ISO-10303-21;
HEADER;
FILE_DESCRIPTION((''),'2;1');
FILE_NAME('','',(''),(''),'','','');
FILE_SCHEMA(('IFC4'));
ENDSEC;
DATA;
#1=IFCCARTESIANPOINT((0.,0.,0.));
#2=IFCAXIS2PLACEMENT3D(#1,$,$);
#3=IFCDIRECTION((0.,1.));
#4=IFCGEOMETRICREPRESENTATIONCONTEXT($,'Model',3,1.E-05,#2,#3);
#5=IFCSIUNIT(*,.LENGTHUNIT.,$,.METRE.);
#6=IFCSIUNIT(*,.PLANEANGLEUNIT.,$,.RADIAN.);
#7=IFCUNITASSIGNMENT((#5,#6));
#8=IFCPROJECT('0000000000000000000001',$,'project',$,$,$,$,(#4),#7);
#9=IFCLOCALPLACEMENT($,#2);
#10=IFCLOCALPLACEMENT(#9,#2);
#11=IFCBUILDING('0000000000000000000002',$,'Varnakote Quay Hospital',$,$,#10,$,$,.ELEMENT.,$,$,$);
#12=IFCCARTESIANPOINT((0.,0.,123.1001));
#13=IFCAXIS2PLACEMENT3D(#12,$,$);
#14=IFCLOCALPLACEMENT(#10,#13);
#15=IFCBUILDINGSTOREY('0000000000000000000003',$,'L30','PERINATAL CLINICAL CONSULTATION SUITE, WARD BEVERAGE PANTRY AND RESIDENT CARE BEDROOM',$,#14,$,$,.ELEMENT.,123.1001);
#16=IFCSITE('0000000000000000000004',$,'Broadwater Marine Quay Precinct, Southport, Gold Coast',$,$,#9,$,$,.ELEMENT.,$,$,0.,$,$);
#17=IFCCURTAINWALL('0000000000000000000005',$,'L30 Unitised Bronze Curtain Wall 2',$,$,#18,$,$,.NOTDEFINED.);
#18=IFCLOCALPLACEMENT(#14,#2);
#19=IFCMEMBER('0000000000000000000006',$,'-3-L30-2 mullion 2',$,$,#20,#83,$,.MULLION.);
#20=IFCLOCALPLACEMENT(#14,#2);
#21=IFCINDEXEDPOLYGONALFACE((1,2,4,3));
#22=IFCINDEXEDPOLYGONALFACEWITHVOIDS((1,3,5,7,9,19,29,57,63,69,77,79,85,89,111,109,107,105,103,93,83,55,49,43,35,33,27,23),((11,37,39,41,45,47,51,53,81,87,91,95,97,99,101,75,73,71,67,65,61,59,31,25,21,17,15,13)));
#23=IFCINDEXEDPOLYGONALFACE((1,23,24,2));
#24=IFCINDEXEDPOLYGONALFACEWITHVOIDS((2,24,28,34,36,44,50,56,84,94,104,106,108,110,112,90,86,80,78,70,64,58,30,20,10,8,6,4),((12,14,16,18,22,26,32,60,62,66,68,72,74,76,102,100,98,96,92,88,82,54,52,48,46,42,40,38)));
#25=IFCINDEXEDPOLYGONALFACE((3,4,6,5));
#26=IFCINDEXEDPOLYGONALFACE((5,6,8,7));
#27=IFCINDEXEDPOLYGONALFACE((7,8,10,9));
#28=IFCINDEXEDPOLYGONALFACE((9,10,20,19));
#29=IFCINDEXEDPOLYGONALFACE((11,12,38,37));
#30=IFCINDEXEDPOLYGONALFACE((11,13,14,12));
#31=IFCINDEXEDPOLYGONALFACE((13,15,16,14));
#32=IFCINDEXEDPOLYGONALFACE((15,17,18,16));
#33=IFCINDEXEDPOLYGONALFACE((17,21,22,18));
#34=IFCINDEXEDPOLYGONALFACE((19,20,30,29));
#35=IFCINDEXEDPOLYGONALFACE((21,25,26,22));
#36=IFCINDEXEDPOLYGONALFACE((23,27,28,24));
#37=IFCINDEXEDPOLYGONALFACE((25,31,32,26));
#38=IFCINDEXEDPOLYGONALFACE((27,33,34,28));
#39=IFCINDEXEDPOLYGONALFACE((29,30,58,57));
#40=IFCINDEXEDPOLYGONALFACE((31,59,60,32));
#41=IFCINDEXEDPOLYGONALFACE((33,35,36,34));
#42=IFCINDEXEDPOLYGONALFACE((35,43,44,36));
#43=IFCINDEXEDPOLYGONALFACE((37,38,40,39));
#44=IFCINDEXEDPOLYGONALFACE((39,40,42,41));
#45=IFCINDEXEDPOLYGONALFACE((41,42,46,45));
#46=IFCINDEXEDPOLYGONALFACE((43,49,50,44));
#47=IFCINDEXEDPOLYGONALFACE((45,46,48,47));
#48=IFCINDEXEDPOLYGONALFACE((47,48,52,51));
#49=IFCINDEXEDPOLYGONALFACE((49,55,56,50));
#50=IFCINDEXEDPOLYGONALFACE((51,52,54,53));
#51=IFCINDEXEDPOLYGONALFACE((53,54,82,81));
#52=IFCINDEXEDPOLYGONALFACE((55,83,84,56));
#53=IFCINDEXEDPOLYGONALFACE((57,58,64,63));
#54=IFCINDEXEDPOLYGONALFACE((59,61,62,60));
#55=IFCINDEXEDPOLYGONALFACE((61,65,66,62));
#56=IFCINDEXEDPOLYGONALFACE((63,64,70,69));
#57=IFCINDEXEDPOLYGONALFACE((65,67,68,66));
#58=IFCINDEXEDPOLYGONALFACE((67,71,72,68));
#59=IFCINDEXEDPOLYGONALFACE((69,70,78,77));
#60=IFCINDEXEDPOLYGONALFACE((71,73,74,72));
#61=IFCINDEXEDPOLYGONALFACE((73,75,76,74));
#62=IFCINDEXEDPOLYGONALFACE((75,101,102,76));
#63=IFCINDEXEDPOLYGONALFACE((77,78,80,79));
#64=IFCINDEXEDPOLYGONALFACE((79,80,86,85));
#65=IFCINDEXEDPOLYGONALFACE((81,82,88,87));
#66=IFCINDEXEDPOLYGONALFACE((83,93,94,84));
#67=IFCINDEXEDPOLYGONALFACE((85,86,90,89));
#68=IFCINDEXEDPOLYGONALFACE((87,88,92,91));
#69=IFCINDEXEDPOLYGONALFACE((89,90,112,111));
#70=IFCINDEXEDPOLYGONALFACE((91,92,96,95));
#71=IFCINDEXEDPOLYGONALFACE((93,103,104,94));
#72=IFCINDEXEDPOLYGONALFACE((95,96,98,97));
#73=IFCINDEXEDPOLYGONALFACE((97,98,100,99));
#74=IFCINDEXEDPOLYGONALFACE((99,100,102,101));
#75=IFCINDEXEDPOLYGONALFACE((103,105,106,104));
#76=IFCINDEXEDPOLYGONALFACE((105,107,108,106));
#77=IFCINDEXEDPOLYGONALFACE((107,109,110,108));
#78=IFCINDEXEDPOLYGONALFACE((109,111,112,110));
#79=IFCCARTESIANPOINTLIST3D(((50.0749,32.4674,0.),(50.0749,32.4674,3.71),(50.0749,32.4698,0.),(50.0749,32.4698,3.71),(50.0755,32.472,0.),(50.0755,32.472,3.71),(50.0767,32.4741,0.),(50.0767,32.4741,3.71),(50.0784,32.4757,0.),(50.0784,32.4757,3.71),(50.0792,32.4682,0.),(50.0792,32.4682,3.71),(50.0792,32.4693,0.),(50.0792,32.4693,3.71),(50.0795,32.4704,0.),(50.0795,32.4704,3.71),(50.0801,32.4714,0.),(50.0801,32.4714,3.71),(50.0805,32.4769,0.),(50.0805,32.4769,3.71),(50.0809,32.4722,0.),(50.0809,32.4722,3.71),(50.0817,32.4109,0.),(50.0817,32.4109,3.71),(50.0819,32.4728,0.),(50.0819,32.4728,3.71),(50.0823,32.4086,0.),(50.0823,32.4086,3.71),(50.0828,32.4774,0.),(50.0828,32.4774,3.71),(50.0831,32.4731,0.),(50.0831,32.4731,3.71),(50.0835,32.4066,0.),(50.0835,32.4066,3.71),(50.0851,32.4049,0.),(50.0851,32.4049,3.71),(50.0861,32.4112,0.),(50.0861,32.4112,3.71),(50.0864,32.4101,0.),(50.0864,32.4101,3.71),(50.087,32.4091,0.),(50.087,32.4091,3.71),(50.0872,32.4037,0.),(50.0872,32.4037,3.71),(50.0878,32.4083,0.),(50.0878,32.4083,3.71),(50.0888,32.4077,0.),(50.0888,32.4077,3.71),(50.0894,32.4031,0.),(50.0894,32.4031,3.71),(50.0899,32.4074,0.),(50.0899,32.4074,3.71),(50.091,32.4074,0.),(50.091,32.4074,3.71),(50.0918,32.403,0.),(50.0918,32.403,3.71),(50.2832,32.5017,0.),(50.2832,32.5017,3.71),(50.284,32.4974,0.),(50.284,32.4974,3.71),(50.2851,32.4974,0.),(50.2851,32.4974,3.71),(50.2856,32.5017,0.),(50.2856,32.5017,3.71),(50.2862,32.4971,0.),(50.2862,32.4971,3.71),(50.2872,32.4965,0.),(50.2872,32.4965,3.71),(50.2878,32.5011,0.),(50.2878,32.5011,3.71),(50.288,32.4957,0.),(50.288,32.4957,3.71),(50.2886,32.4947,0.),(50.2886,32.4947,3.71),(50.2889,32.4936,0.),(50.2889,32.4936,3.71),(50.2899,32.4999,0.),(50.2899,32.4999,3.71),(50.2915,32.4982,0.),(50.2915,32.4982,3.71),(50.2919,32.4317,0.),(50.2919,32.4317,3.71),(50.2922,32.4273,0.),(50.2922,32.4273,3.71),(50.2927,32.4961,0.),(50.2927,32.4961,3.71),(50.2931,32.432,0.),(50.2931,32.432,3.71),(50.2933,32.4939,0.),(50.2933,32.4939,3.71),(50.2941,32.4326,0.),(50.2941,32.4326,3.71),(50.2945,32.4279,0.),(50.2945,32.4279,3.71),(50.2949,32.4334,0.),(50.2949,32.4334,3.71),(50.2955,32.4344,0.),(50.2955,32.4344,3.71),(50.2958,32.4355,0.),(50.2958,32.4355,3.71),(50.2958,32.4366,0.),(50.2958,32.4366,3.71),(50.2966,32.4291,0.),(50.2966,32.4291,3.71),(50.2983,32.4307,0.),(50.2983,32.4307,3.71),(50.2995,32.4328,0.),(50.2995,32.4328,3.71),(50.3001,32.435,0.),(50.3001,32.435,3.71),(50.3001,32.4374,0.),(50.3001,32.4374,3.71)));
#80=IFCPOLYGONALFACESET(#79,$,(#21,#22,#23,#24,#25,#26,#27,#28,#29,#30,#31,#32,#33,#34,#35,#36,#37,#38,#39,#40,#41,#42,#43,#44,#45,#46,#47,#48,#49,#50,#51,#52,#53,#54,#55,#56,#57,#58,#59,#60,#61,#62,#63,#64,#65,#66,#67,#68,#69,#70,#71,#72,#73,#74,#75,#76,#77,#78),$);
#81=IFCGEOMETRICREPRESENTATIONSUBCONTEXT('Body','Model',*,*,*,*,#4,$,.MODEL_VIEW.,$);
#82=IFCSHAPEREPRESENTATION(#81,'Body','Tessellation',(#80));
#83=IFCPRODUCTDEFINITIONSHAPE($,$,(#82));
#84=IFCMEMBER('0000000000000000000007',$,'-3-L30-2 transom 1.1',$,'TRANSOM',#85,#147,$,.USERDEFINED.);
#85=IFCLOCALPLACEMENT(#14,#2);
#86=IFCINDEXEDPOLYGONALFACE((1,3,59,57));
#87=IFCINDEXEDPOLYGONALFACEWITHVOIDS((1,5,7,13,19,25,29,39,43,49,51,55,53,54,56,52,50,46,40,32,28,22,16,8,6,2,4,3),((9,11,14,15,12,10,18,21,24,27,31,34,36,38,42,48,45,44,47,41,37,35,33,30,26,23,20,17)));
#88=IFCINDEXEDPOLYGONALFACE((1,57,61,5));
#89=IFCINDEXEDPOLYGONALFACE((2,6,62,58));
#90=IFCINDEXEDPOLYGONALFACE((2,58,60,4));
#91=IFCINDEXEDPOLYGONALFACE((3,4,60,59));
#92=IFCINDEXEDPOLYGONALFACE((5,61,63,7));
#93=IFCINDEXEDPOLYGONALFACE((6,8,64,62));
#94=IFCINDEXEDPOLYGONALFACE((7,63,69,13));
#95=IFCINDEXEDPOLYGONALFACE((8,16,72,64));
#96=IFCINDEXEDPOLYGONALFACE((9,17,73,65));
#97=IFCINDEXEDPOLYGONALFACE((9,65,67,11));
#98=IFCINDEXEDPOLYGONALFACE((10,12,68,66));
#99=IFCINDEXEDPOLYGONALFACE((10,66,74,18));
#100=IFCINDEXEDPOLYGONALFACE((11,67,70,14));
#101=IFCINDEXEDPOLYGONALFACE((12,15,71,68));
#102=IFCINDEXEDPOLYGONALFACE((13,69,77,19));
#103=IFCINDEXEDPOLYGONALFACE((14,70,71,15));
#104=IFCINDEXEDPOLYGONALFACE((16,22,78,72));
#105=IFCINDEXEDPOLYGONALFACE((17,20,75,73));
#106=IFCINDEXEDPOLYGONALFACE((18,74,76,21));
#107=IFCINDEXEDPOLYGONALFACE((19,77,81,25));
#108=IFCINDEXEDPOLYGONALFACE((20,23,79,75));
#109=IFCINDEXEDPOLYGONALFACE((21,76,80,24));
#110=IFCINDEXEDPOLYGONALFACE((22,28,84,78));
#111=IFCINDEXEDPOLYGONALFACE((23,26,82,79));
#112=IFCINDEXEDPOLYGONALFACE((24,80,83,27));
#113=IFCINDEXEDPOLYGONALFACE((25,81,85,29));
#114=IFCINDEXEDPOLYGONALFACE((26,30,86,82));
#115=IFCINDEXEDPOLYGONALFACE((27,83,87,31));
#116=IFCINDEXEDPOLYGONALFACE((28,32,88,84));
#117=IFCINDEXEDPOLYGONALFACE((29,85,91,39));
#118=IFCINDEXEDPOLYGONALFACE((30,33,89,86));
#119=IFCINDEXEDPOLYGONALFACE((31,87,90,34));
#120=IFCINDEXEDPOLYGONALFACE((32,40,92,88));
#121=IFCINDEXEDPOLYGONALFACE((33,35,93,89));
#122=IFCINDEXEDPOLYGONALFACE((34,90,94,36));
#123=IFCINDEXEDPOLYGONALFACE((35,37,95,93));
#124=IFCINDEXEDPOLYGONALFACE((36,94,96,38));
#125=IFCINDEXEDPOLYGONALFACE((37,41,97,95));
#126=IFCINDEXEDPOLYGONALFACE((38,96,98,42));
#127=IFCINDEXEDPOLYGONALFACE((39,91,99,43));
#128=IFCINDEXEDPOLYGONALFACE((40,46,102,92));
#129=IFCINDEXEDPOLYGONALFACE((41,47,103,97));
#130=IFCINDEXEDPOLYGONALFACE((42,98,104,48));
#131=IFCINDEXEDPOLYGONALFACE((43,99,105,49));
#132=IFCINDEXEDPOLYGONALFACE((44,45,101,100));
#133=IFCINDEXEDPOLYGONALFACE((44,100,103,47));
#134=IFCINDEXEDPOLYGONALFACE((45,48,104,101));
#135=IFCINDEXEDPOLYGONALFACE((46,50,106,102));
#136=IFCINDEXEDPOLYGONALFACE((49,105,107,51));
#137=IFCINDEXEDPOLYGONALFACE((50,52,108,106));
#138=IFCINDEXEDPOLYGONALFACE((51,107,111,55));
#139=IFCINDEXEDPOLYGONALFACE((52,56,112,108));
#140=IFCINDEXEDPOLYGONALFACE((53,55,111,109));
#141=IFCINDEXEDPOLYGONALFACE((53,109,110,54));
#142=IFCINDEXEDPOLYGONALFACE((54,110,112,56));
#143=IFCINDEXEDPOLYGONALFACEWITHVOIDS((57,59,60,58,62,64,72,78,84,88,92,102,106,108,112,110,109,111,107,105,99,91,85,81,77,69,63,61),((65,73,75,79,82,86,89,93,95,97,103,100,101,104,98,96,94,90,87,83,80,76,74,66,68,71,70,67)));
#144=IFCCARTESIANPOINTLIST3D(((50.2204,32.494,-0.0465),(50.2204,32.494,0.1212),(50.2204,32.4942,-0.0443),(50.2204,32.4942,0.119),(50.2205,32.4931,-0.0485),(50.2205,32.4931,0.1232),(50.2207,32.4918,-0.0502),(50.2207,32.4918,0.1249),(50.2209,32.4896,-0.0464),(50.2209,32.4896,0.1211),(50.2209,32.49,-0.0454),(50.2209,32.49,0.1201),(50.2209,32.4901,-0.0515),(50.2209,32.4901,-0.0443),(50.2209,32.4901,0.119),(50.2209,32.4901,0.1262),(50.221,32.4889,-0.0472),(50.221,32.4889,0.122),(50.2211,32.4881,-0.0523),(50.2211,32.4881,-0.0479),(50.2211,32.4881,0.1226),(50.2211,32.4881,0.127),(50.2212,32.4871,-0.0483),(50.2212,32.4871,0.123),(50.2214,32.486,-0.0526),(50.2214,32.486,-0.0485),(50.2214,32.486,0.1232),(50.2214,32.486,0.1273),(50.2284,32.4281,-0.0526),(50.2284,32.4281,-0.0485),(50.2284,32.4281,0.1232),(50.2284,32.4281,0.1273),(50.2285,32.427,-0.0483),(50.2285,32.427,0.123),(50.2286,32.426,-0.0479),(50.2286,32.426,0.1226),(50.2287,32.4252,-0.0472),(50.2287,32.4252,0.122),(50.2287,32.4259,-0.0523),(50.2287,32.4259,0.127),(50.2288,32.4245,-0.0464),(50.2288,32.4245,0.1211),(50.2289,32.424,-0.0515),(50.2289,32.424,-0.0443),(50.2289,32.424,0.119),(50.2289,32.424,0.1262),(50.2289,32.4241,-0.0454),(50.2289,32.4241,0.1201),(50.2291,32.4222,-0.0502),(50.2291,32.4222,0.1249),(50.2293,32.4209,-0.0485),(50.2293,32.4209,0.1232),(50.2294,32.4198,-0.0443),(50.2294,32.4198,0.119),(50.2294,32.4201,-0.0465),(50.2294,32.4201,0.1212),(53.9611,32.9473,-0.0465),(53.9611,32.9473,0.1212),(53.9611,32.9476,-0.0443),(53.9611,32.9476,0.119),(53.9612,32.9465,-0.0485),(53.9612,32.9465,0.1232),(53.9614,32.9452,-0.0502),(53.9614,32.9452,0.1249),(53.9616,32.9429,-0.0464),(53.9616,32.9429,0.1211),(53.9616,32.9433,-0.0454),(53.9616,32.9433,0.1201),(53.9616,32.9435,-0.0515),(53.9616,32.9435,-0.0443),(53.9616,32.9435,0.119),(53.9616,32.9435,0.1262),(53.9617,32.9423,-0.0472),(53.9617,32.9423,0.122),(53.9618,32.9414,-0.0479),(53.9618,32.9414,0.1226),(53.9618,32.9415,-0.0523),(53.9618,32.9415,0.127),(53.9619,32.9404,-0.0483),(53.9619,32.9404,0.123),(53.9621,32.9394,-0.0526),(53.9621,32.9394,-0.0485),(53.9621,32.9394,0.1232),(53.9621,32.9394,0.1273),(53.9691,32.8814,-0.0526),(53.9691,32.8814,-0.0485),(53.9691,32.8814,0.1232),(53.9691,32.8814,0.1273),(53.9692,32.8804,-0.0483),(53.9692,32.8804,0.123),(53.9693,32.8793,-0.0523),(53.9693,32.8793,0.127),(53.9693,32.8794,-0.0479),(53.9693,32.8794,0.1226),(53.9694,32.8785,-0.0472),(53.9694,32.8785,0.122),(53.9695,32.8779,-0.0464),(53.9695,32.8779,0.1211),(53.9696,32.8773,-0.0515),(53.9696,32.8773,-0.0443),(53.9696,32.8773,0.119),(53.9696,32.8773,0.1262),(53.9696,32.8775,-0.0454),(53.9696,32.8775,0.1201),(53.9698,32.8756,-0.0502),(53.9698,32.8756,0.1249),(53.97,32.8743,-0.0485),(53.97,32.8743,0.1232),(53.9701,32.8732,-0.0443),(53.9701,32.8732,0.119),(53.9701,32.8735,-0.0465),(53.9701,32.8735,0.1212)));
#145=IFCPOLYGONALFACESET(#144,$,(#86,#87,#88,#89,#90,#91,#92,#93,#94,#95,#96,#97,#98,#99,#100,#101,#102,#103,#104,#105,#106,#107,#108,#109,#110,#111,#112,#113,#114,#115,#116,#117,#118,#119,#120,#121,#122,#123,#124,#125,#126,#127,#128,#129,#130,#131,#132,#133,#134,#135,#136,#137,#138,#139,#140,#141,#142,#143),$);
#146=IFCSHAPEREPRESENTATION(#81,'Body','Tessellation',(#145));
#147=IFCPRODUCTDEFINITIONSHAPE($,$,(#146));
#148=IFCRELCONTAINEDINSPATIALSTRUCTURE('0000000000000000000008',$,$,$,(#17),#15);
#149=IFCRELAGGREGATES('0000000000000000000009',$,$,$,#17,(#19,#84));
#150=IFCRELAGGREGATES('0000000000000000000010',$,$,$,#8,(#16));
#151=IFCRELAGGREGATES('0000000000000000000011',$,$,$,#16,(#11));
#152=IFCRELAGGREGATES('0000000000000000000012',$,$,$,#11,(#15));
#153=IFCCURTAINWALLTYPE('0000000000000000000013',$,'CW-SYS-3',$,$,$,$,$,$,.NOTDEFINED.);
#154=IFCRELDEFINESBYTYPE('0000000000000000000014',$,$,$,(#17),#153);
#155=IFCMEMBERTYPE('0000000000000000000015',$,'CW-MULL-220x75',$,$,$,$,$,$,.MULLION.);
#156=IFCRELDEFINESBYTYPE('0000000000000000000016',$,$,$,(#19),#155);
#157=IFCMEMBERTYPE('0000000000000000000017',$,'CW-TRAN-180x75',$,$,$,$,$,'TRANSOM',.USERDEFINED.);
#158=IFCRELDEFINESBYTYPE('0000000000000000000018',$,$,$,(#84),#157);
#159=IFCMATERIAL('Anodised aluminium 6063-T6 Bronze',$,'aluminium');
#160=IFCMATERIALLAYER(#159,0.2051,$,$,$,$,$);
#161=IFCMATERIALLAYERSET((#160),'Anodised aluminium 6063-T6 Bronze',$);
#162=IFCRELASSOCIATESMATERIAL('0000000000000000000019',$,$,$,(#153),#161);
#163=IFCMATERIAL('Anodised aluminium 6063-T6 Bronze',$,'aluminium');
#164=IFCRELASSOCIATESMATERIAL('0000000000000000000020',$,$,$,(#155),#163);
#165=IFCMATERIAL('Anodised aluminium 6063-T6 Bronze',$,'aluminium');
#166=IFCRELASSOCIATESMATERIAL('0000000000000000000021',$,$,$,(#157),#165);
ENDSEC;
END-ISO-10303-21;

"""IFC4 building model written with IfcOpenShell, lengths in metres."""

from ifc_helpers import new_model, si_unit, direction, frame, origin, origin_2d, place, context, subcontext, project, spatial, hollow_rectangle, extrude, material, layer, layer_set, material_profile, profile_set, type_object, element, aggregate, save


model = new_model("IFC4")

# Units and contexts
model_context = context("Model", 3, precision=1e-05, world=origin(), true_north=direction((0.0, 1.0)))
body_context = subcontext(model_context, "Body", "Model", "MODEL_VIEW")
ifc_project = project(units=[si_unit("LENGTHUNIT", "METRE"), si_unit("PLANEANGLEUNIT", "RADIAN")], contexts=[model_context])

# Site, building, storey
site_placement = place(None, origin())
site = spatial("IfcSite", under=ifc_project, at=site_placement, Name="Broadwater Marine Quay Precinct, Southport, Gold Coast", CompositionType="ELEMENT", RefElevation=0.0)
building_placement = place(site_placement, origin())
building = spatial("IfcBuilding", under=site, at=building_placement, Name="Varnakote Quay Hospital", CompositionType="ELEMENT")
storey_placement = place(building_placement, frame((0.0, 0.0, 123.1001)))
storey = spatial("IfcBuildingStorey", under=building, at=storey_placement, Name="L30", Description="PERINATAL CLINICAL CONSULTATION SUITE, WARD BEVERAGE PANTRY AND RESIDENT CARE BEDROOM", CompositionType="ELEMENT", Elevation=123.1001)

# Shared definitions
ifc_material_1 = material(Name="Anodised aluminium 6063-T6 Bronze", Category="aluminium")
ifc_layer_1 = layer(ifc_material_1, 0.2051)
ifc_layer_set_1 = layer_set([ifc_layer_1], Name="Anodised aluminium 6063-T6 Bronze")
curtain_wall_type = type_object("IfcCurtainWallType", Name="CW-SYS-3", PredefinedType="NOTDEFINED", material=ifc_layer_set_1)
ifc_material_2 = material(Name="Anodised aluminium 6063-T6 Bronze", Category="aluminium")
ifc_material_profile_1 = material_profile(ifc_material_2, hollow_rectangle(XDim=0.075, YDim=0.22, WallThickness=0.0044, InnerFilletRadius=0.0044, OuterFilletRadius=0.009, at=origin_2d()), Name="CW-MULL-220x75")
ifc_profile_set_1 = profile_set([ifc_material_profile_1], Name="Anodised aluminium 6063-T6 Bronze")
member_type_1 = type_object("IfcMemberType", Name="CW-MULL-220x75", PredefinedType="MULLION", material=ifc_profile_set_1)

# Curtain wall, members
curtain_wall_1_placement = place(storey_placement, origin())
curtain_wall_1 = element("IfcCurtainWall", 1, at=curtain_wall_1_placement, inside=storey, type_object=curtain_wall_type, Name="L30 Unitised Bronze Curtain Wall 2", PredefinedType="NOTDEFINED")
member_1_placement = place(storey_placement, frame((50.1875, 32.4524, 0.0), z_axis=(0.0, 0.0, 1.0), x_axis=(0.120327, -0.992734, 0.0)))
member_1 = element("IfcMember", 2, at=member_1_placement, type_object=member_type_1, Name="-3-L30-2 mullion 2", PredefinedType="MULLION", context=body_context, shape_type="SweptSolid", body=[
    extrude(hollow_rectangle(XDim=0.075, YDim=0.22, WallThickness=0.0044, InnerFilletRadius=0.0044, OuterFilletRadius=0.009, at=origin_2d()), origin(), (0.0, 0.0, 1.0), 3.71),
])
ifc_material_3 = material(Name="Anodised aluminium 6063-T6 Bronze", Category="aluminium")
ifc_material_profile_2 = material_profile(ifc_material_3, hollow_rectangle(XDim=0.075, YDim=0.1799, WallThickness=0.0042, InnerFilletRadius=0.0042, OuterFilletRadius=0.0083, at=origin_2d()), Name="CW-TRAN-180x75")
ifc_profile_set_2 = profile_set([ifc_material_profile_2], Name="Anodised aluminium 6063-T6 Bronze")
member_type_2 = type_object("IfcMemberType", Name="CW-TRAN-180x75", ElementType="TRANSOM", PredefinedType="USERDEFINED", material=ifc_profile_set_2)
member_2_placement = place(storey_placement, frame((53.9656, 32.9104, 0.0374), z_axis=(-0.992735, -0.120318, 0.0), x_axis=(0.120318, -0.992735, 0.0)))
member_2 = element("IfcMember", 3, at=member_2_placement, type_object=member_type_2, Name="-3-L30-2 transom 1.1", ObjectType="TRANSOM", PredefinedType="USERDEFINED", context=body_context, shape_type="SweptSolid", body=[
    extrude(hollow_rectangle(XDim=0.075, YDim=0.1799, WallThickness=0.0042, InnerFilletRadius=0.0042, OuterFilletRadius=0.0083, at=origin_2d()), origin(), (0.0, 0.0, 1.0), 3.7681),
])

aggregate(curtain_wall_1, [member_1, member_2])

save(model, "model.ifc")
